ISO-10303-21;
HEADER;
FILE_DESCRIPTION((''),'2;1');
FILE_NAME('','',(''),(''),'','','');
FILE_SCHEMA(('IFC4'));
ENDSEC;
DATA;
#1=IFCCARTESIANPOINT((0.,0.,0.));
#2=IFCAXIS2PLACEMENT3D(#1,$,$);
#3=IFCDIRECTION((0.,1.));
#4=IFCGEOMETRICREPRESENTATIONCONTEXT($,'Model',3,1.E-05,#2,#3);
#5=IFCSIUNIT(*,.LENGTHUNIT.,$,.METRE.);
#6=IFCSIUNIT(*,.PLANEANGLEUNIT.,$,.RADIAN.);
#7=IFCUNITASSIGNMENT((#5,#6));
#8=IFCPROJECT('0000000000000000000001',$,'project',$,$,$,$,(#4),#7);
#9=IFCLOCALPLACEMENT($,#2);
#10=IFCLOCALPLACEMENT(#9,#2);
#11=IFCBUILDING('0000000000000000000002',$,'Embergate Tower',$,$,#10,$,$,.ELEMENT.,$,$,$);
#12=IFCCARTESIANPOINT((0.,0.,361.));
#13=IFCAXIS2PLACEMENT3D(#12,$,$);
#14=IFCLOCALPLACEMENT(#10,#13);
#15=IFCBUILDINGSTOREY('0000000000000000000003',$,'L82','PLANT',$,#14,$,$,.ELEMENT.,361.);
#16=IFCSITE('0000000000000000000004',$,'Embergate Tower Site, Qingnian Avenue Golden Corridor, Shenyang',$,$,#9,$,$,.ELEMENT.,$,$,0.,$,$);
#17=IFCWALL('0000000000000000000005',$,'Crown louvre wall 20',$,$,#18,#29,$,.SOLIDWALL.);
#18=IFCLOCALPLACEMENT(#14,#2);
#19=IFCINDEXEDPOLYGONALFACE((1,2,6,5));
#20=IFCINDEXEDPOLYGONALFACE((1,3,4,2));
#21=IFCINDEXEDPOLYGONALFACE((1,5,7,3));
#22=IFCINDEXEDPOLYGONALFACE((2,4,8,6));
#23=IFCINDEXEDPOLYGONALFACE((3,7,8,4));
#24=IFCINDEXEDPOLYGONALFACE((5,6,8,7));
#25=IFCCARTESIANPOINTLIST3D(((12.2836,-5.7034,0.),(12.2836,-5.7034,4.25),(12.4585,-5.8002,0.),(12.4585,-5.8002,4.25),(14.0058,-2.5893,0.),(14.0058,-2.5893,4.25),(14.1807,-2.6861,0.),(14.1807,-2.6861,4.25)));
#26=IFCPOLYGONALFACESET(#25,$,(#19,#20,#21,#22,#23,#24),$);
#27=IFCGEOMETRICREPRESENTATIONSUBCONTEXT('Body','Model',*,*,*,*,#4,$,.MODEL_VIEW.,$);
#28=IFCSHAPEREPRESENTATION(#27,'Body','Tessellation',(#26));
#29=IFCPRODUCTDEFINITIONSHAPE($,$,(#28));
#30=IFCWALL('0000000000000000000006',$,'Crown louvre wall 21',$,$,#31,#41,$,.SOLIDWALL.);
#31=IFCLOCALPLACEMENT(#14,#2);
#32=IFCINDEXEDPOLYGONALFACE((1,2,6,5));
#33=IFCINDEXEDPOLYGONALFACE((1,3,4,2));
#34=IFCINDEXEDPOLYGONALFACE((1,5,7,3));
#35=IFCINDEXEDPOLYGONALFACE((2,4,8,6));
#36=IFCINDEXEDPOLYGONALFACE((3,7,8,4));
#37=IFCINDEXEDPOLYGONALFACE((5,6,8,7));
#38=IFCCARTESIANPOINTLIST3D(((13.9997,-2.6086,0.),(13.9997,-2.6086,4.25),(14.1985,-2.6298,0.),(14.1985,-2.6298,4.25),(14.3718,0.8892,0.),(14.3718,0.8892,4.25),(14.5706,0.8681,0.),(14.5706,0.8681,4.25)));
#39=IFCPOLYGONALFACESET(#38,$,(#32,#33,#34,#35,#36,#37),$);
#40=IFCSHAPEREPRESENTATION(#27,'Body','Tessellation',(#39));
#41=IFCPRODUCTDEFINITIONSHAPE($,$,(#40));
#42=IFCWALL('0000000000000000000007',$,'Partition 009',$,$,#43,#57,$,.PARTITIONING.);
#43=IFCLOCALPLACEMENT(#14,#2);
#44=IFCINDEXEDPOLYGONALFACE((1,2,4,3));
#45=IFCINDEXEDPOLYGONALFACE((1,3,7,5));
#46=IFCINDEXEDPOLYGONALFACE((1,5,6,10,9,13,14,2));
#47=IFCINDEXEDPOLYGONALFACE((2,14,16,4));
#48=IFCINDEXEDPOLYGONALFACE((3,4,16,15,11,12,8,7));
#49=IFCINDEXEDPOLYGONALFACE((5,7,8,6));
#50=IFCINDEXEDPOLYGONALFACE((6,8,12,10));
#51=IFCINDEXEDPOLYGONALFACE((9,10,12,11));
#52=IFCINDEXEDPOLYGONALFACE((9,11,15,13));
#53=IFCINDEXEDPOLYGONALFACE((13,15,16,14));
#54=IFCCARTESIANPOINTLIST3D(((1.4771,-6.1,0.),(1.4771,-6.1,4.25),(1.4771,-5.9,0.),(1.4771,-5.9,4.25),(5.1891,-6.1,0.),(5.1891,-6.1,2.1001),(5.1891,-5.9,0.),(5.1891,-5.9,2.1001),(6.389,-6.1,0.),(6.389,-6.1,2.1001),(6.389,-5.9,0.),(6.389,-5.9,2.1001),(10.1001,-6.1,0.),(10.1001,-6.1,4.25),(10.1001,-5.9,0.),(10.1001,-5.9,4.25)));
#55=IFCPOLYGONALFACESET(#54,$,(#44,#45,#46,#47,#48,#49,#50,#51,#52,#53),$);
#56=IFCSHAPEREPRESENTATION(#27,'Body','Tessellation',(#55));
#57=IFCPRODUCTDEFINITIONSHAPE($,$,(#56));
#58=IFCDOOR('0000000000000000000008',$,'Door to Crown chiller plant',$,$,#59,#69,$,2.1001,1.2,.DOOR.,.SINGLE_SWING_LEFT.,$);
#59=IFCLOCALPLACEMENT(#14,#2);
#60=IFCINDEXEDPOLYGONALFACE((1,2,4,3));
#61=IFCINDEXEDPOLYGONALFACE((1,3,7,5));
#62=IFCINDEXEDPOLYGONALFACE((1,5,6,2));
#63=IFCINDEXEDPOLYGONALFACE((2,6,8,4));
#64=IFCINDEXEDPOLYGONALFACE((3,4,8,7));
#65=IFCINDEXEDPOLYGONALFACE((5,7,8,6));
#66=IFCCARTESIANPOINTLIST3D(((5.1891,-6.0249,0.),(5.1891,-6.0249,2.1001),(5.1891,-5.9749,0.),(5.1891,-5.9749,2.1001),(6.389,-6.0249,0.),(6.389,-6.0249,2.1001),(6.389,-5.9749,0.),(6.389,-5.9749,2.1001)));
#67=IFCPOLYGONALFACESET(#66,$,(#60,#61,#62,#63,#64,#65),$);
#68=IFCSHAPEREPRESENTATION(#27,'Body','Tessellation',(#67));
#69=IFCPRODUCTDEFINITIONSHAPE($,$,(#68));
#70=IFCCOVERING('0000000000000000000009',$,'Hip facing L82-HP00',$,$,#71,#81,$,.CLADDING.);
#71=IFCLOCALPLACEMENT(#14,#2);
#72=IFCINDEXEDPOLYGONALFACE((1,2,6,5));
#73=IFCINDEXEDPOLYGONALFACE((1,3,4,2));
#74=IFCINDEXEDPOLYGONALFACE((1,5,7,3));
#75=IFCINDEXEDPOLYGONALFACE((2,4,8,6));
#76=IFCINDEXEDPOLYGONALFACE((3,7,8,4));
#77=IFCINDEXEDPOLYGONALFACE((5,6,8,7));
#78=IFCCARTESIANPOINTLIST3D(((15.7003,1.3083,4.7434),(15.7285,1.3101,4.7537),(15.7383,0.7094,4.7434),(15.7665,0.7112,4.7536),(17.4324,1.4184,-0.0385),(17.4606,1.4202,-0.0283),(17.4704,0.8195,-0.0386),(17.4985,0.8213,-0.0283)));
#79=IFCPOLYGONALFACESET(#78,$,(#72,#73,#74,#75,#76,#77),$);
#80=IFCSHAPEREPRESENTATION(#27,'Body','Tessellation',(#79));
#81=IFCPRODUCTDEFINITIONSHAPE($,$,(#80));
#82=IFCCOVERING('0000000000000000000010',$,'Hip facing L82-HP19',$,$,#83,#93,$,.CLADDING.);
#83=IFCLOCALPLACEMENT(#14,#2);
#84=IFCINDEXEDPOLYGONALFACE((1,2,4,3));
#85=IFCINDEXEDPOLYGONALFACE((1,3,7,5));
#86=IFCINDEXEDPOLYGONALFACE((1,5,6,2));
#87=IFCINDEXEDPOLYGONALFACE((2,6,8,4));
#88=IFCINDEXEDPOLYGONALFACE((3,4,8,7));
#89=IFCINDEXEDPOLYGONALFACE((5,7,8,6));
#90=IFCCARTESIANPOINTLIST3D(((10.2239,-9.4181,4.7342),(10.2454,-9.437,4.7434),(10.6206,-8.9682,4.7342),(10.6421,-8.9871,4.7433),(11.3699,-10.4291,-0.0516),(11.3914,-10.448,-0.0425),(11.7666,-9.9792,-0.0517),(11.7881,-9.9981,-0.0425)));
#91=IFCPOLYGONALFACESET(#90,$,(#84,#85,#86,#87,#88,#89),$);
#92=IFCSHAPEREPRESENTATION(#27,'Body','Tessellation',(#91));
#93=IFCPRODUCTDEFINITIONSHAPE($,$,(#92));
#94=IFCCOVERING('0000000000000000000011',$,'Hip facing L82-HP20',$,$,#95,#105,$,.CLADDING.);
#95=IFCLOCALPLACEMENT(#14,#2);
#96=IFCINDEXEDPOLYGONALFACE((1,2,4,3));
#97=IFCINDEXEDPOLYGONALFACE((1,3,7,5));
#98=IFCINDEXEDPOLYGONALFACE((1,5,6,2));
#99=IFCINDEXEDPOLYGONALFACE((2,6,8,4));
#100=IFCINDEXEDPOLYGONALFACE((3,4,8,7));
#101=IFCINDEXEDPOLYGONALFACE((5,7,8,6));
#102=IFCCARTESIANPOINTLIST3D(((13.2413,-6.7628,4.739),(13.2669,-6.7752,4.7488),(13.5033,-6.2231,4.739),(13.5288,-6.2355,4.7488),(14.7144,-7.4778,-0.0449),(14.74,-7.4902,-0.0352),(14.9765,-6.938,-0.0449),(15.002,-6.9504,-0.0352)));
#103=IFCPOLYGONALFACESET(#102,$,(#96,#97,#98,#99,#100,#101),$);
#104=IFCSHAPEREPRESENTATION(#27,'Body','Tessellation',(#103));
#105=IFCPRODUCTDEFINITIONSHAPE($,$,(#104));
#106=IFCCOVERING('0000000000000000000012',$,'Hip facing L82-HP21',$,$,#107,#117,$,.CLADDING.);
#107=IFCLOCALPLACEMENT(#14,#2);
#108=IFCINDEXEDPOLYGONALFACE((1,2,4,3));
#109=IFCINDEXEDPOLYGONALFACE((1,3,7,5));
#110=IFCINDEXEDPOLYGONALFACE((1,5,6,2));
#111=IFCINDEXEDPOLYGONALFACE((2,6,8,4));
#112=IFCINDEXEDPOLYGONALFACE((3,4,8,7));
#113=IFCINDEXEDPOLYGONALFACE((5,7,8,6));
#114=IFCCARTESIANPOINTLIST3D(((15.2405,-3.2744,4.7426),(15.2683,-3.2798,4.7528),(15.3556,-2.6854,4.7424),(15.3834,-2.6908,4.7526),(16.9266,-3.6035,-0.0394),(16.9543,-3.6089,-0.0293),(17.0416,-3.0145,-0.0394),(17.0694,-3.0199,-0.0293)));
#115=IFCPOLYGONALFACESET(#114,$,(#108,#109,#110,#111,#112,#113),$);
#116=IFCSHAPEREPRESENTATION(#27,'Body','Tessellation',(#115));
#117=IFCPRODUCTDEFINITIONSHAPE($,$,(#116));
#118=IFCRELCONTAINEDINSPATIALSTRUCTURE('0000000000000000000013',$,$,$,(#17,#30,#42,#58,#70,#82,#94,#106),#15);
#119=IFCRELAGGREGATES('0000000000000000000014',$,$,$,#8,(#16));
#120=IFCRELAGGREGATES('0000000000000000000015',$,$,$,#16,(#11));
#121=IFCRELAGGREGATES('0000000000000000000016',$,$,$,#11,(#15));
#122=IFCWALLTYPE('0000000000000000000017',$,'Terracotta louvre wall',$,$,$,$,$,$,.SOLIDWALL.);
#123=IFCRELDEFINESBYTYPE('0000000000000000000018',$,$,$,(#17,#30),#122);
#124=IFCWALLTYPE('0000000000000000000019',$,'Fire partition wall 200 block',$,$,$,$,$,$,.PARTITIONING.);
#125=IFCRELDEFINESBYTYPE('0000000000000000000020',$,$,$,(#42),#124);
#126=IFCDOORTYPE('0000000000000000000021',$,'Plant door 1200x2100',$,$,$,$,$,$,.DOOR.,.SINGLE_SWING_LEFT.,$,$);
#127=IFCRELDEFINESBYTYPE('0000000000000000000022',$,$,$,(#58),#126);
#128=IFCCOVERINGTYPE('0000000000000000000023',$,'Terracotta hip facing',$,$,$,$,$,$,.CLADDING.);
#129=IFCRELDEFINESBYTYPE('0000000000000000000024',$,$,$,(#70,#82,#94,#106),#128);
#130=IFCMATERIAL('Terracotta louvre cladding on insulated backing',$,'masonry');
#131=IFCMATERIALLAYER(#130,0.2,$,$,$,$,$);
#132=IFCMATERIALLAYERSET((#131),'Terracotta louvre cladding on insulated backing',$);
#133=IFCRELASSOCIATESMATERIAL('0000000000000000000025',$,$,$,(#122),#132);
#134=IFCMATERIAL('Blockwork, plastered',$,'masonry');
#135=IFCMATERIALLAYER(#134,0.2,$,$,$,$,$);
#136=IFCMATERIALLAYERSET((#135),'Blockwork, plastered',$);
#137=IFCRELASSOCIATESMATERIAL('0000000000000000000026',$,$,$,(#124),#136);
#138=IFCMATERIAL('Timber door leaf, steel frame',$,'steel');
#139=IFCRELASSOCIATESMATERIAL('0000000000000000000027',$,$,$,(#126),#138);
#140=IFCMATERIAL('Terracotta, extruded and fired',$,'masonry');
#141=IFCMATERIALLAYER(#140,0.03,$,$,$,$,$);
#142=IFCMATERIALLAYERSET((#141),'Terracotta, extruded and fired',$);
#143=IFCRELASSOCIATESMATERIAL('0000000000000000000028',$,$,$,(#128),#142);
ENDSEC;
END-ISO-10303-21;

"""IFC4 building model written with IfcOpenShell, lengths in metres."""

from ifc_helpers import new_model, si_unit, direction, frame, frame_2d, origin, place, context, subcontext, project, spatial, polyline, rectangle, outline, extrude, source, transform, mapped, material, layer, layer_set, type_object, element, fill, save


model = new_model("IFC4")

# Units and contexts
model_context = context("Model", 3, precision=1e-05, world=origin(), true_north=direction((0.0, 1.0)))
body_context = subcontext(model_context, "Body", "Model", "MODEL_VIEW")
ifc_project = project(units=[si_unit("LENGTHUNIT", "METRE"), si_unit("PLANEANGLEUNIT", "RADIAN")], contexts=[model_context])

# Site, building, storey
site_placement = place(None, origin())
site = spatial("IfcSite", under=ifc_project, at=site_placement, Name="Embergate Tower Site, Qingnian Avenue Golden Corridor, Shenyang", CompositionType="ELEMENT", RefElevation=0.0)
building_placement = place(site_placement, origin())
building = spatial("IfcBuilding", under=site, at=building_placement, Name="Embergate Tower", CompositionType="ELEMENT")
storey_placement = place(building_placement, frame((0.0, 0.0, 361.0)))
storey = spatial("IfcBuildingStorey", under=building, at=storey_placement, Name="L82", Description="PLANT", CompositionType="ELEMENT", Elevation=361.0)

# Walls
ifc_material_1 = material(Name="Terracotta louvre cladding on insulated backing", Category="masonry")
ifc_layer_1 = layer(ifc_material_1, 0.2)
ifc_layer_set_1 = layer_set([ifc_layer_1], Name="Terracotta louvre cladding on insulated backing")
wall_type_1 = type_object("IfcWallType", Name="Terracotta louvre wall", PredefinedType="SOLIDWALL", material=ifc_layer_set_1)
shared_shape_1 = source(origin(), body_context, "Body", "SweptSolid", [
    extrude(rectangle(XDim=3.5586, YDim=0.2, at=frame_2d((1.7793, 0.0))), origin(), (0.0, 0.0, 1.0), 4.25),
])
wall_1_placement = place(storey_placement, frame((14.0933, -2.6377, 0.0), z_axis=(0.0, 0.0, 1.0), x_axis=(-0.483959, -0.875091, 0.0)))
element("IfcWall", 1, at=wall_1_placement, inside=storey, type_object=wall_type_1, Name="Crown louvre wall 20", PredefinedType="SOLIDWALL", context=body_context, shape_type="MappedRepresentation", body=[
    mapped(shared_shape_1, transform((0.0, 0.0, 0.0))),
])
shared_shape_2 = source(origin(), body_context, "Body", "SweptSolid", [
    extrude(rectangle(XDim=3.5176, YDim=0.2, at=frame_2d((1.7588, 0.0))), origin(), (0.0, 0.0, 1.0), 4.25),
])
wall_2_placement = place(storey_placement, frame((14.4712, 0.8787, 0.0), z_axis=(0.0, 0.0, 1.0), x_axis=(-0.105776, -0.99439, 0.0)))
element("IfcWall", 2, at=wall_2_placement, inside=storey, type_object=wall_type_1, Name="Crown louvre wall 21", PredefinedType="SOLIDWALL", context=body_context, shape_type="MappedRepresentation", body=[
    mapped(shared_shape_2, transform((0.0, 0.0, 0.0))),
])

# Wall, opening, door
ifc_material_2 = material(Name="Blockwork, plastered", Category="masonry")
ifc_layer_2 = layer(ifc_material_2, 0.2)
ifc_layer_set_2 = layer_set([ifc_layer_2], Name="Blockwork, plastered")
wall_type_2 = type_object("IfcWallType", Name="Fire partition wall 200 block", PredefinedType="PARTITIONING", material=ifc_layer_set_2)
shared_shape_3 = source(origin(), body_context, "Body", "SweptSolid", [
    extrude(rectangle(XDim=8.623, YDim=0.2, at=frame_2d((4.3115, 0.0))), origin(), (0.0, 0.0, 1.0), 4.25),
])
wall_3_placement = place(storey_placement, frame((10.1001, -6.0, 0.0), z_axis=(0.0, 0.0, 1.0), x_axis=(-1.0, 0.0, 0.0)))
wall_3 = element("IfcWall", 3, at=wall_3_placement, inside=storey, type_object=wall_type_2, Name="Partition 009", PredefinedType="PARTITIONING", context=body_context, shape_type="MappedRepresentation", body=[
    mapped(shared_shape_3, transform((0.0, 0.0, 0.0))),
])
shared_shape_4 = source(origin(), body_context, "Body", "SweptSolid", [
    extrude(rectangle(XDim=1.2, YDim=2.1001, at=frame_2d((0.6001, 1.05))), frame((0.0, 0.1099, 0.0), z_axis=(0.0, -1.0, 0.0), x_axis=(1.0, 0.0, 0.0)), (0.0, 0.0, 1.0), 0.22),
])
opening_1_placement = place(wall_3_placement, frame((3.7109, 0.0, 0.0)))
opening_1 = element("IfcOpeningElement", 4, at=opening_1_placement, cuts=wall_3, PredefinedType="OPENING", context=body_context, shape_type="MappedRepresentation", body=[
    mapped(shared_shape_4, transform((0.0, 0.0, 0.0))),
])
ifc_material_3 = material(Name="Timber door leaf, steel frame", Category="steel")
door_type_1 = type_object("IfcDoorType", Name="Plant door 1200x2100", OperationType="SINGLE_SWING_LEFT", PredefinedType="DOOR", material=ifc_material_3)
shared_shape_5 = source(origin(), body_context, "Body", "SweptSolid", [
    extrude(rectangle(XDim=1.2, YDim=2.1001, at=frame_2d((0.6001, 1.05))), frame((0.0, 0.0249, 0.0), z_axis=(0.0, -1.0, 0.0), x_axis=(1.0, 0.0, 0.0)), (0.0, 0.0, 1.0), 0.05),
])
door_1_placement = place(opening_1_placement, origin())
door_1 = element("IfcDoor", 5, at=door_1_placement, inside=storey, type_object=door_type_1, Name="Door to Crown chiller plant", OperationType="SINGLE_SWING_LEFT", OverallHeight=2.1001, OverallWidth=1.2, PredefinedType="DOOR", context=body_context, shape_type="MappedRepresentation", body=[
    mapped(shared_shape_5, transform((0.0, 0.0, 0.0))),
])
fill(opening_1, door_1)

# Coverings
ifc_material_4 = material(Name="Terracotta, extruded and fired", Category="masonry")
ifc_layer_3 = layer(ifc_material_4, 0.03)
ifc_layer_set_3 = layer_set([ifc_layer_3], Name="Terracotta, extruded and fired")
covering_type = type_object("IfcCoveringType", Name="Terracotta hip facing", PredefinedType="CLADDING", material=ifc_layer_set_3)
shared_shape_6 = source(origin(), body_context, "Body", "SweptSolid", [
    extrude(outline(polyline([(0.0, 0.0), (5.0872, 0.0), (5.0872, -0.6001), (0.0, -0.6001), (0.0, 0.0)])), origin(), (0.0, 0.0, -1.0), 0.03),
])
covering_1_placement = place(storey_placement, frame((17.4985, 0.8213, -0.0283), z_axis=(0.938122, 0.059469, 0.341161), x_axis=(-0.340474, -0.021646, 0.940005)))
element("IfcCovering", 6, at=covering_1_placement, inside=storey, type_object=covering_type, Name="Hip facing L82-HP00", PredefinedType="CLADDING", context=body_context, shape_type="MappedRepresentation", body=[
    mapped(shared_shape_6, transform((0.0, 0.0, 0.0))),
])
shared_shape_7 = source(origin(), body_context, "Body", "SweptSolid", [
    extrude(outline(polyline([(0.0, 0.0), (5.0239, 0.0), (5.0239, -0.5999), (0.0, -0.5999), (0.0, 0.0)])), origin(), (0.0, 0.0, -1.0), 0.03),
])
covering_2_placement = place(storey_placement, frame((11.3914, -10.448, -0.0425), z_axis=(0.714532, -0.630013, 0.304183), x_axis=(-0.228106, 0.201233, 0.952614)))
element("IfcCovering", 7, at=covering_2_placement, inside=storey, type_object=covering_type, Name="Hip facing L82-HP19", PredefinedType="CLADDING", context=body_context, shape_type="MappedRepresentation", body=[
    mapped(shared_shape_7, transform((0.0, 0.0, 0.0))),
])
shared_shape_8 = source(origin(), body_context, "Body", "SweptSolid", [
    extrude(outline(polyline([(0.0, 0.0), (5.0564, 0.0), (5.0564, -0.5999), (0.0, -0.6001), (0.0, 0.0)])), origin(), (0.0, 0.0, -1.0), 0.03),
])
covering_3_placement = place(storey_placement, frame((14.74, -7.4902, -0.0352), z_axis=(0.851137, -0.413151, 0.323841), x_axis=(-0.291332, 0.141417, 0.946111)))
element("IfcCovering", 8, at=covering_3_placement, inside=storey, type_object=covering_type, Name="Hip facing L82-HP20", PredefinedType="CLADDING", context=body_context, shape_type="MappedRepresentation", body=[
    mapped(shared_shape_8, transform((0.0, 0.0, 0.0))),
])
shared_shape_9 = source(origin(), body_context, "Body", "SweptSolid", [
    extrude(outline(polyline([(0.0, 0.0), (5.0813, 0.0), (5.0811, -0.6001), (0.0, -0.6001), (0.0, 0.0)])), origin(), (0.0, 0.0, -1.0), 0.03),
])
covering_4_placement = place(storey_placement, frame((16.9543, -3.6089, -0.0293), z_axis=(0.923671, -0.180369, 0.338082), x_axis=(-0.33182, 0.064769, 0.941117)))
element("IfcCovering", 9, at=covering_4_placement, inside=storey, type_object=covering_type, Name="Hip facing L82-HP21", PredefinedType="CLADDING", context=body_context, shape_type="MappedRepresentation", body=[
    mapped(shared_shape_9, transform((0.0, 0.0, 0.0))),
])

save(model, "model.ifc")
